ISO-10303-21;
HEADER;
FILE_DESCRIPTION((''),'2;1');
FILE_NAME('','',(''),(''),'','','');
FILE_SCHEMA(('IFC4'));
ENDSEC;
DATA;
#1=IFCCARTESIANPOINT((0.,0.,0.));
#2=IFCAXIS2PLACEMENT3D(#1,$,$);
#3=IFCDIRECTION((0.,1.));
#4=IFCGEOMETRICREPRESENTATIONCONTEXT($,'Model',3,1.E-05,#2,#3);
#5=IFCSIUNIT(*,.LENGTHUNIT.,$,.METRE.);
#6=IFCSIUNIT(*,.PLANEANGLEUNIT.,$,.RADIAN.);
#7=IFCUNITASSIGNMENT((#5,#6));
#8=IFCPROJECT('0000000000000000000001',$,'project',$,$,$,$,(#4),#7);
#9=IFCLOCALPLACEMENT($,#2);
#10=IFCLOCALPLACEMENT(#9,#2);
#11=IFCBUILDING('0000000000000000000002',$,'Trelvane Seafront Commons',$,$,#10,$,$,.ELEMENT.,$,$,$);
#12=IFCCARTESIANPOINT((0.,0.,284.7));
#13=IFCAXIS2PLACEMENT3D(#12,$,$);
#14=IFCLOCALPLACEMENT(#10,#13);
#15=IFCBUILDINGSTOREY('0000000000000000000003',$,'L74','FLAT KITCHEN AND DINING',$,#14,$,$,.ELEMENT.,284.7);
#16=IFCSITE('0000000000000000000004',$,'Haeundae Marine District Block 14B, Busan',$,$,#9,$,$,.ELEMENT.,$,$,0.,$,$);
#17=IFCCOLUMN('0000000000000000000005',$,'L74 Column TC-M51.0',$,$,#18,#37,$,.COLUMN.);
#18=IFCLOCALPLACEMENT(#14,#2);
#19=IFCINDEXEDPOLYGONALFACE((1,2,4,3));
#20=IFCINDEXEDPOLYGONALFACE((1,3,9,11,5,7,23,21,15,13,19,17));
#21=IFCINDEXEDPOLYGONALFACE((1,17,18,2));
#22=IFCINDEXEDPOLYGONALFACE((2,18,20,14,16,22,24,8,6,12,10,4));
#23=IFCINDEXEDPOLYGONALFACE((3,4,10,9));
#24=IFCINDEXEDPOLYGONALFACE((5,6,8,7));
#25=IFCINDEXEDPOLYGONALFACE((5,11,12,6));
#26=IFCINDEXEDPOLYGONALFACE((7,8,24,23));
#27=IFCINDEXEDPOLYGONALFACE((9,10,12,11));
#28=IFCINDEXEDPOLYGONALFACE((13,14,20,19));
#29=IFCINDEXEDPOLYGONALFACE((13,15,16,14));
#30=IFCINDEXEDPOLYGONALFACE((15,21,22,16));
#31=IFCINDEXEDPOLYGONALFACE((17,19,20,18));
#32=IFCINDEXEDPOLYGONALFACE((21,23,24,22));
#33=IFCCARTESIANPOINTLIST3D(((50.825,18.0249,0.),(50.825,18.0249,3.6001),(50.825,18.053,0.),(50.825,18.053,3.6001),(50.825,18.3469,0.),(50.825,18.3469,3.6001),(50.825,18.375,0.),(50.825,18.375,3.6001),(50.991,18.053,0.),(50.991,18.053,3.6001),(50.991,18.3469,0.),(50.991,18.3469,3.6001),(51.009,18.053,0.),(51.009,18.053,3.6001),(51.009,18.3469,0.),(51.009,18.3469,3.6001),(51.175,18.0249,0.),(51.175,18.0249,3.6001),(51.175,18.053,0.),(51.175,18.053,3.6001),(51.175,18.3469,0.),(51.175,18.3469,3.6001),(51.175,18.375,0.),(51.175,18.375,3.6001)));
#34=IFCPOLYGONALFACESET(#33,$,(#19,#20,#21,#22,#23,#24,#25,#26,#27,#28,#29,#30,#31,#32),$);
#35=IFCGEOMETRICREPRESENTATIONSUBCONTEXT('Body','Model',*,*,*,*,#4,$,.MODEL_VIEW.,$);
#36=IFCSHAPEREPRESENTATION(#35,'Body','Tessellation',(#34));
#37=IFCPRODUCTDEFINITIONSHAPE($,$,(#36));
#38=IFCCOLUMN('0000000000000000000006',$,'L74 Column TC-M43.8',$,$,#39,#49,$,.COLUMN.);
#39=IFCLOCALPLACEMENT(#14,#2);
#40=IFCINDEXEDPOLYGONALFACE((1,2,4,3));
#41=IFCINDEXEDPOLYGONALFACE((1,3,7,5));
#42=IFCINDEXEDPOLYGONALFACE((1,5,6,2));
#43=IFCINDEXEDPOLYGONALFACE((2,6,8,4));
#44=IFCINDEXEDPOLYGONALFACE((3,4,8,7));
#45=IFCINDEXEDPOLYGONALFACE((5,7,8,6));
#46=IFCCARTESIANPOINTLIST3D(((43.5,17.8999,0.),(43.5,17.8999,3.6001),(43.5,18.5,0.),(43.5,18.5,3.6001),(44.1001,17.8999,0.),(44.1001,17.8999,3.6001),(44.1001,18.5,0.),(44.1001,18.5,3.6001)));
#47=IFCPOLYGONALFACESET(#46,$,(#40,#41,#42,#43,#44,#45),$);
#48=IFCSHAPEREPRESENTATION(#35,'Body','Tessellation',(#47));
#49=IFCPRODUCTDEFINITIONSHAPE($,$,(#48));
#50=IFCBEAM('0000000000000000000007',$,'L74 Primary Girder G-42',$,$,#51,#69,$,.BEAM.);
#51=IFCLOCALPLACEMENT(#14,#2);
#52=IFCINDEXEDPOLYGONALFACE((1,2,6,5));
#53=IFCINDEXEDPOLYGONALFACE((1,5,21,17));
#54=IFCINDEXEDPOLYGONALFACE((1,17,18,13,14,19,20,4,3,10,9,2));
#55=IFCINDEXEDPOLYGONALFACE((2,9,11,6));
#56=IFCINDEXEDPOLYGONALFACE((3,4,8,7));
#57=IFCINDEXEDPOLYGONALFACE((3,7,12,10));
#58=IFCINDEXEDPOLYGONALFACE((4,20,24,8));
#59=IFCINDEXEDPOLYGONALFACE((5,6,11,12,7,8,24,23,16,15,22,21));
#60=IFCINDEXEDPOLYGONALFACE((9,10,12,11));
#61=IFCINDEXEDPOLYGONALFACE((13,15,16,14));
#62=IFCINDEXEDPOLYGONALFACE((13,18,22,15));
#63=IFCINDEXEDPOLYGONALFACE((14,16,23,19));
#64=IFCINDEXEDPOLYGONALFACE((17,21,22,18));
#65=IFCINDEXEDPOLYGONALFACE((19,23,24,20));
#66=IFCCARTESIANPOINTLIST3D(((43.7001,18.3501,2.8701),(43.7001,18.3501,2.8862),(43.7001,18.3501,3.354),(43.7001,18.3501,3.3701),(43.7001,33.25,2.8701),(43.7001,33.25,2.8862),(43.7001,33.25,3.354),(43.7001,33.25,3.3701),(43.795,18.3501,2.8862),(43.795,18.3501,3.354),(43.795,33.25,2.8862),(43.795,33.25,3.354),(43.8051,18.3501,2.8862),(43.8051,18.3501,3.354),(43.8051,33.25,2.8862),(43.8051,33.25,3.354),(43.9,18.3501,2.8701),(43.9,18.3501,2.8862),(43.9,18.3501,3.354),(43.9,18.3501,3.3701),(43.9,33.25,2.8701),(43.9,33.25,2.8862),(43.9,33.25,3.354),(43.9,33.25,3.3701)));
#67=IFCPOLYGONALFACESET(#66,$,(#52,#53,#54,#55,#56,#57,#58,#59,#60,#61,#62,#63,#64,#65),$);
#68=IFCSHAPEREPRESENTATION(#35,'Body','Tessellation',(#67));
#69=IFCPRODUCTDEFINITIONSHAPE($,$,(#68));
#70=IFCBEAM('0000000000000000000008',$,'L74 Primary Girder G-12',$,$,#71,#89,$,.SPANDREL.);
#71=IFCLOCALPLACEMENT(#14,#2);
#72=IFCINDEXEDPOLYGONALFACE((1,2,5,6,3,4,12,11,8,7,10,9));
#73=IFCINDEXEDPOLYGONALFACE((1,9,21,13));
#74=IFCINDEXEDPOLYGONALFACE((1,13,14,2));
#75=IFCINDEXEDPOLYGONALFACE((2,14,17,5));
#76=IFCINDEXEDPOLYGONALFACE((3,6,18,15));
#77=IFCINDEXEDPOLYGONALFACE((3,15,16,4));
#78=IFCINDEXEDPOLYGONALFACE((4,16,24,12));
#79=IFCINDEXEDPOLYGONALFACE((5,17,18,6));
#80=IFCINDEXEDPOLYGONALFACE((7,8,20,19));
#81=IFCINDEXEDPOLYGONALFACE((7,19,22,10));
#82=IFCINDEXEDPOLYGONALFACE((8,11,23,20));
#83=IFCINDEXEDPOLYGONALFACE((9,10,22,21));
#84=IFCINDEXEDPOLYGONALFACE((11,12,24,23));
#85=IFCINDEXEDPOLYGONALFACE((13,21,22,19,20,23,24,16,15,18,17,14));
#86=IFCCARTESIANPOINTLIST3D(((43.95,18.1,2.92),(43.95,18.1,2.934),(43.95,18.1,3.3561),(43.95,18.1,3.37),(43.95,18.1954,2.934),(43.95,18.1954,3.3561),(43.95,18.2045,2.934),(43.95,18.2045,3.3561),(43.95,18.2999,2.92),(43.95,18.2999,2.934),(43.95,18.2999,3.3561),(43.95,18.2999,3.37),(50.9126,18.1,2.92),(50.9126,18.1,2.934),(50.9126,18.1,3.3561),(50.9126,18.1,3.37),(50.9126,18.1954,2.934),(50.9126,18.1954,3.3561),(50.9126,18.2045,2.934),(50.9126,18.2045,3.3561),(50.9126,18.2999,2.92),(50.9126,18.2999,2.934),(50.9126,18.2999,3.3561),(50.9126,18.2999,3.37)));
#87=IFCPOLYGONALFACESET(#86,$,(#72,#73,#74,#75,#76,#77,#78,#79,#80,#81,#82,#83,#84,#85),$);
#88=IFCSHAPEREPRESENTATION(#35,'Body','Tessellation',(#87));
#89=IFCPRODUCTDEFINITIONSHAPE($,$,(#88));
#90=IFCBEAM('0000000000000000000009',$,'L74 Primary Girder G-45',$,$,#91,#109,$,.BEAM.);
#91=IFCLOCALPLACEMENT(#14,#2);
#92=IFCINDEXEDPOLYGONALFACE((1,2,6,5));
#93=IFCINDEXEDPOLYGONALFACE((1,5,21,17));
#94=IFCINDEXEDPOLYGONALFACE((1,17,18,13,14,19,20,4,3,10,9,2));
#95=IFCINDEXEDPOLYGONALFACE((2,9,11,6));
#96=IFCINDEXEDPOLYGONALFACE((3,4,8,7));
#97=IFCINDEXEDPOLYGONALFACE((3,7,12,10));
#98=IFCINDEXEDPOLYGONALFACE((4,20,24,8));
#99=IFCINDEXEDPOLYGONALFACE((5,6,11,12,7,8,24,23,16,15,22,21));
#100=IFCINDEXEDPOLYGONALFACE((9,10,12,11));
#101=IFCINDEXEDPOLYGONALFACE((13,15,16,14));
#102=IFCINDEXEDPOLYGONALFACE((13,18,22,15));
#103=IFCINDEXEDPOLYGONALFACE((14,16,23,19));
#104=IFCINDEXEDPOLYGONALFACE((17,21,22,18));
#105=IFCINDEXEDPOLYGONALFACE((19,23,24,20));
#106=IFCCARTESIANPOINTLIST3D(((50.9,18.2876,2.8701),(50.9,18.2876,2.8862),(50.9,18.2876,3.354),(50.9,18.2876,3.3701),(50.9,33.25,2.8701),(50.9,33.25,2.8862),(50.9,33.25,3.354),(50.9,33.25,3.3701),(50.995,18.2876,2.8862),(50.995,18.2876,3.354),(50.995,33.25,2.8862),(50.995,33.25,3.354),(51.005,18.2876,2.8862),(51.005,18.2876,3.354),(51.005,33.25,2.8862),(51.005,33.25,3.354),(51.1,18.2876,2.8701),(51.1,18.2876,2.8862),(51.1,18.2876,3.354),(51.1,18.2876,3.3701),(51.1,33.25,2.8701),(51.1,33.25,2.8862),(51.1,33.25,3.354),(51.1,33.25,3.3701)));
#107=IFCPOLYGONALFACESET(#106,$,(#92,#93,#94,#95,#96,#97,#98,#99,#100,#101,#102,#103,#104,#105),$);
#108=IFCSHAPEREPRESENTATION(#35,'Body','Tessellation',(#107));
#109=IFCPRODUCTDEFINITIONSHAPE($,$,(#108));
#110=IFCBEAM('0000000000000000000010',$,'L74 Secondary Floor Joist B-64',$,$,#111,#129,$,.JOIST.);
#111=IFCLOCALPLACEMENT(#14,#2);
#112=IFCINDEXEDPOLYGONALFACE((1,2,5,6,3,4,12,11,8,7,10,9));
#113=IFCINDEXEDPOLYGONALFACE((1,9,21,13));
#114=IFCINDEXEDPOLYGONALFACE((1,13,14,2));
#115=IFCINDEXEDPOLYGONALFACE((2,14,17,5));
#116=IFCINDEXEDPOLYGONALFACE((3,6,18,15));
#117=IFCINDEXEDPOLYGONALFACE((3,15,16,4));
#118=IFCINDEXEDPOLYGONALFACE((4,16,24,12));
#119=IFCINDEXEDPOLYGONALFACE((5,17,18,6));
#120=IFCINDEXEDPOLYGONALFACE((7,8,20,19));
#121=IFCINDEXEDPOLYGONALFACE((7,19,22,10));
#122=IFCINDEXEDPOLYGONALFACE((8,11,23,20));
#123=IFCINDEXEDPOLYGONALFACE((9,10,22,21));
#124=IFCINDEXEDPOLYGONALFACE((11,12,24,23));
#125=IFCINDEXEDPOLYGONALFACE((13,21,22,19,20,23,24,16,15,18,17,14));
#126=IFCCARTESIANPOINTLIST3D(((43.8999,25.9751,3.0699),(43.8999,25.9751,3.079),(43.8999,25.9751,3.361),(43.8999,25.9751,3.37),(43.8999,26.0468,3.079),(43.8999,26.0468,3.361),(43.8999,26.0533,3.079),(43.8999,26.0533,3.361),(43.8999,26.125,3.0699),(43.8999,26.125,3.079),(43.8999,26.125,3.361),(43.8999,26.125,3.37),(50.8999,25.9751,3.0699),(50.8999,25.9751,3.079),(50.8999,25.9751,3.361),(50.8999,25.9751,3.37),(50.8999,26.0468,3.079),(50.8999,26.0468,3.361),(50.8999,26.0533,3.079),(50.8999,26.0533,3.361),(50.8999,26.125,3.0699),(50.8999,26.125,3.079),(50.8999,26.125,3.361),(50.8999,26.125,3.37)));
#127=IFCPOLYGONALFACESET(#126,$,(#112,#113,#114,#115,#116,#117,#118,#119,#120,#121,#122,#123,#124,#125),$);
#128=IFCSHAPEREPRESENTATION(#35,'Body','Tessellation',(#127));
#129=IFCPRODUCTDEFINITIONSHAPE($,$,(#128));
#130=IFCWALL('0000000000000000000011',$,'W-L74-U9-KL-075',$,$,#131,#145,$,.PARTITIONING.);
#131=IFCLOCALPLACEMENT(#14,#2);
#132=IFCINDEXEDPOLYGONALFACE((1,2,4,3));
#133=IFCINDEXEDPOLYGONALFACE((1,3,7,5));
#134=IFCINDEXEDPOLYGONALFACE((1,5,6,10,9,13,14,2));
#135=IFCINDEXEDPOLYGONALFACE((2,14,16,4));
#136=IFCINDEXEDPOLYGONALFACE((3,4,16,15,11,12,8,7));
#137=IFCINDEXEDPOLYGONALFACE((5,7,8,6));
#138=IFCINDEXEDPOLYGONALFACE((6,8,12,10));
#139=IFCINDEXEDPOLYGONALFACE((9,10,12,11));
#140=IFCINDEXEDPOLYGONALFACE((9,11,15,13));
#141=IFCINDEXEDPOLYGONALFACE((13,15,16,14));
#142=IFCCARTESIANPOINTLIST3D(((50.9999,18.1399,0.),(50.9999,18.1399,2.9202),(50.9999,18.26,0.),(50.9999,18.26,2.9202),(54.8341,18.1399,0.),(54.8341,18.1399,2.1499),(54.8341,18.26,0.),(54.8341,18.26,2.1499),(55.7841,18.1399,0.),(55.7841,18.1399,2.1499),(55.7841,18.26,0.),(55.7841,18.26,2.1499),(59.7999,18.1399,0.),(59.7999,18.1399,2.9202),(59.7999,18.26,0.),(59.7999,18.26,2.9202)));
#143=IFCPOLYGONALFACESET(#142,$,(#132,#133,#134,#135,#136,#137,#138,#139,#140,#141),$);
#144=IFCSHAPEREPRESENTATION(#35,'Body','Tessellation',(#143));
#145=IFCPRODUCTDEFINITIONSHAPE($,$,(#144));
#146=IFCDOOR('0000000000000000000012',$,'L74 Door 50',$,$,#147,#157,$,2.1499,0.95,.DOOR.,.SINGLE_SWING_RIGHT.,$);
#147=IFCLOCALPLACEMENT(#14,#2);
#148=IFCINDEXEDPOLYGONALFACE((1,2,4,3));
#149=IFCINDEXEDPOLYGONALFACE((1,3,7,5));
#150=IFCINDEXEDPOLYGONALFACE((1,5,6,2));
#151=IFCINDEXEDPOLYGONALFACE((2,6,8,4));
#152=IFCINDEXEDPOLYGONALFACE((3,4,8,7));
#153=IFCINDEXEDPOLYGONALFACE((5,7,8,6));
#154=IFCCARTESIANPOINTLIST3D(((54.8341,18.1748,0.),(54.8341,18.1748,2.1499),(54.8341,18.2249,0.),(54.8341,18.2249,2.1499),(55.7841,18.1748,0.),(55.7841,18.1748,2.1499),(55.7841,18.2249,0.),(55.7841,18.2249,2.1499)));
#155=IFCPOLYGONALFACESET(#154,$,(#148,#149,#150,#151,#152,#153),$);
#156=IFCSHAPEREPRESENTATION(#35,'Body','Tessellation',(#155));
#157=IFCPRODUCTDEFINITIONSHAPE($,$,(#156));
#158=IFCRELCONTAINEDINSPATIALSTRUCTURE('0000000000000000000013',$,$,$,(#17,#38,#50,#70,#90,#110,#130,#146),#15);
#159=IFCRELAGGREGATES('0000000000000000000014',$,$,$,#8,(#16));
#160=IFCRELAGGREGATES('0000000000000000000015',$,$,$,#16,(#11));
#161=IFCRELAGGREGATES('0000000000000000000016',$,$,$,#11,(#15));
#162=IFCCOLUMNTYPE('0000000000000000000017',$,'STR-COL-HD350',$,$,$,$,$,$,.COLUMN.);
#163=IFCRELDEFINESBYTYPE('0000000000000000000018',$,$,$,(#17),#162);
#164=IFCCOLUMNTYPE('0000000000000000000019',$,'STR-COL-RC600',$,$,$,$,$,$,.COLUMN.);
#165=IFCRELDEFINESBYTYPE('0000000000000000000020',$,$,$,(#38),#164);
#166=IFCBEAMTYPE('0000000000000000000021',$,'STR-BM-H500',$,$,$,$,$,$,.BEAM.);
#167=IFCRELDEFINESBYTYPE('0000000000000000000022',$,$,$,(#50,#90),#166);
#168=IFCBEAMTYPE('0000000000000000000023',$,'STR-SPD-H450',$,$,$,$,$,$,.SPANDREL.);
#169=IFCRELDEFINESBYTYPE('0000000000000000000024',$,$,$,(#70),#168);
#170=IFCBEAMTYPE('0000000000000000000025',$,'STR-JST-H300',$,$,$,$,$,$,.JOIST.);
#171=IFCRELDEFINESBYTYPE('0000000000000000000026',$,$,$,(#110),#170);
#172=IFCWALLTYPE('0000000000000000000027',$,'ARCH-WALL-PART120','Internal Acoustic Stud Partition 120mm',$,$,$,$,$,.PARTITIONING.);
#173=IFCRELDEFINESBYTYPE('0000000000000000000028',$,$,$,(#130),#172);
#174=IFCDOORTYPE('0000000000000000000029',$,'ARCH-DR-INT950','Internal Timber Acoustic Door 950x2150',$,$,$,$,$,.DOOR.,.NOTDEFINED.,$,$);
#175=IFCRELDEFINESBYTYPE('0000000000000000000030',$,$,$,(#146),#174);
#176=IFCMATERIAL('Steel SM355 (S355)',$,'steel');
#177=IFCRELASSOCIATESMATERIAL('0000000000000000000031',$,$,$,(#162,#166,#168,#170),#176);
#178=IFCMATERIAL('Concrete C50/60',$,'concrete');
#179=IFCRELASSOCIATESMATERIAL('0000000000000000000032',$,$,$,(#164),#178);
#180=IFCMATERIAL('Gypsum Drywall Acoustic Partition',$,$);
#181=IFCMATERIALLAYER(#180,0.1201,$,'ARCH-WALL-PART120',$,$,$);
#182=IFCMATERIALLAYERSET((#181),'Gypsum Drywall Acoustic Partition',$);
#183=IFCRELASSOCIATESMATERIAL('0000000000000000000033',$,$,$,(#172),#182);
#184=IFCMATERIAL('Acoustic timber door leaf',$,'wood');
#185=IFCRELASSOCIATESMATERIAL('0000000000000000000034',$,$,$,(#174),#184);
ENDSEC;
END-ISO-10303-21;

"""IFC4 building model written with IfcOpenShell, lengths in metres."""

from ifc_helpers import new_model, si_unit, direction, frame, frame_2d, origin, origin_2d, place, context, subcontext, project, spatial, rectangle, i_section, extrude, source, transform, mapped, material, layer, layer_set, material_profile, profile_set, type_object, element, fill, save


model = new_model("IFC4")

# Units and contexts
model_context = context("Model", 3, precision=1e-05, world=origin(), true_north=direction((0.0, 1.0)))
body_context = subcontext(model_context, "Body", "Model", "MODEL_VIEW")
ifc_project = project(units=[si_unit("LENGTHUNIT", "METRE"), si_unit("PLANEANGLEUNIT", "RADIAN")], contexts=[model_context])

# Site, building, storey
site_placement = place(None, origin())
site = spatial("IfcSite", under=ifc_project, at=site_placement, Name="Haeundae Marine District Block 14B, Busan", CompositionType="ELEMENT", RefElevation=0.0)
building_placement = place(site_placement, origin())
building = spatial("IfcBuilding", under=site, at=building_placement, Name="Trelvane Seafront Commons", CompositionType="ELEMENT")
storey_placement = place(building_placement, frame((0.0, 0.0, 284.7)))
storey = spatial("IfcBuildingStorey", under=building, at=storey_placement, Name="L74", Description="FLAT KITCHEN AND DINING", CompositionType="ELEMENT", Elevation=284.7)

# Columns
ifc_material_1 = material(Name="Steel SM355 (S355)", Category="steel")
ifc_material_profile_1 = material_profile(ifc_material_1, i_section(OverallWidth=0.3501, OverallDepth=0.3501, WebThickness=0.0181, FlangeThickness=0.0281, at=origin_2d()), Name="HD-350x350x18x28")
ifc_profile_set_1 = profile_set([ifc_material_profile_1], Name="Steel SM355 (S355)")
column_type_1 = type_object("IfcColumnType", Name="STR-COL-HD350", PredefinedType="COLUMN", material=ifc_profile_set_1)
shared_shape_1 = source(origin(), body_context, "Body", "SweptSolid", [
    extrude(i_section(OverallWidth=0.3501, OverallDepth=0.3501, WebThickness=0.0181, FlangeThickness=0.0281, at=origin_2d()), origin(), (0.0, 0.0, 1.0), 3.6001),
])
column_1_placement = place(storey_placement, frame((51.0, 18.2, 0.0), z_axis=(0.0, 0.0, 1.0), x_axis=(1.0, 0.0, 0.0)))
element("IfcColumn", 1, at=column_1_placement, inside=storey, type_object=column_type_1, Name="L74 Column TC-M51.0", PredefinedType="COLUMN", context=body_context, shape_type="MappedRepresentation", body=[
    mapped(shared_shape_1, transform((0.0, 0.0, 0.0), x_axis=(1.0, 0.0, 0.0), y_axis=(0.0, 1.0, 0.0), z_axis=(0.0, 0.0, 1.0), scale=1.0)),
])
ifc_material_2 = material(Name="Concrete C50/60", Category="concrete")
ifc_material_profile_2 = material_profile(ifc_material_2, rectangle(XDim=0.6001, YDim=0.6001, at=origin_2d()), Name="RC-600x600")
ifc_profile_set_2 = profile_set([ifc_material_profile_2], Name="Concrete C50/60")
column_type_2 = type_object("IfcColumnType", Name="STR-COL-RC600", PredefinedType="COLUMN", material=ifc_profile_set_2)
shared_shape_2 = source(origin(), body_context, "Body", "SweptSolid", [
    extrude(rectangle(XDim=0.6001, YDim=0.6001, at=origin_2d()), origin(), (0.0, 0.0, 1.0), 3.6001),
])
column_2_placement = place(storey_placement, frame((43.8, 18.2, 0.0), z_axis=(0.0, 0.0, 1.0), x_axis=(1.0, 0.0, 0.0)))
element("IfcColumn", 2, at=column_2_placement, inside=storey, type_object=column_type_2, Name="L74 Column TC-M43.8", PredefinedType="COLUMN", context=body_context, shape_type="MappedRepresentation", body=[
    mapped(shared_shape_2, transform((0.0, 0.0, 0.0), x_axis=(1.0, 0.0, 0.0), y_axis=(0.0, 1.0, 0.0), z_axis=(0.0, 0.0, 1.0), scale=1.0)),
])

# Beams
ifc_material_profile_3 = material_profile(ifc_material_1, i_section(OverallWidth=0.2, OverallDepth=0.5, WebThickness=0.01, FlangeThickness=0.0161, at=origin_2d()), Name="H-500x200x10x16")
ifc_profile_set_3 = profile_set([ifc_material_profile_3], Name="Steel SM355 (S355)")
beam_type_1 = type_object("IfcBeamType", Name="STR-BM-H500", PredefinedType="BEAM", material=ifc_profile_set_3)
shared_shape_3 = source(origin(), body_context, "Body", "SweptSolid", [
    extrude(i_section(OverallWidth=0.2, OverallDepth=0.5, WebThickness=0.01, FlangeThickness=0.0161, at=origin_2d()), origin(), (0.0, 0.0, 1.0), 14.8999),
])
beam_1_placement = place(storey_placement, frame((43.8, 18.3501, 3.1201), z_axis=(0.0, 1.0, 0.0), x_axis=(-1.0, 0.0, 0.0)))
element("IfcBeam", 3, at=beam_1_placement, inside=storey, type_object=beam_type_1, Name="L74 Primary Girder G-42", PredefinedType="BEAM", context=body_context, shape_type="MappedRepresentation", body=[
    mapped(shared_shape_3, transform((0.0, 0.0, 0.0), x_axis=(1.0, 0.0, 0.0), y_axis=(0.0, 1.0, 0.0), z_axis=(0.0, 0.0, 1.0), scale=1.0)),
])
ifc_material_profile_4 = material_profile(ifc_material_1, i_section(OverallWidth=0.2, OverallDepth=0.45, WebThickness=0.009, FlangeThickness=0.0139, at=origin_2d()), Name="H-450x200x9x14")
ifc_profile_set_4 = profile_set([ifc_material_profile_4], Name="Steel SM355 (S355)")
beam_type_2 = type_object("IfcBeamType", Name="STR-SPD-H450", PredefinedType="SPANDREL", material=ifc_profile_set_4)
shared_shape_4 = source(origin(), body_context, "Body", "SweptSolid", [
    extrude(i_section(OverallWidth=0.2, OverallDepth=0.45, WebThickness=0.009, FlangeThickness=0.0139, at=origin_2d()), origin(), (0.0, 0.0, 1.0), 6.9626),
])
beam_2_placement = place(storey_placement, frame((43.95, 18.2, 3.145), z_axis=(1.0, 0.0, 0.0), x_axis=(0.0, 1.0, 0.0)))
element("IfcBeam", 4, at=beam_2_placement, inside=storey, type_object=beam_type_2, Name="L74 Primary Girder G-12", PredefinedType="SPANDREL", context=body_context, shape_type="MappedRepresentation", body=[
    mapped(shared_shape_4, transform((0.0, 0.0, 0.0), x_axis=(1.0, 0.0, 0.0), y_axis=(0.0, 1.0, 0.0), z_axis=(0.0, 0.0, 1.0), scale=1.0)),
])
shared_shape_5 = source(origin(), body_context, "Body", "SweptSolid", [
    extrude(i_section(OverallWidth=0.2, OverallDepth=0.5, WebThickness=0.01, FlangeThickness=0.0161, at=origin_2d()), origin(), (0.0, 0.0, 1.0), 14.9624),
])
beam_3_placement = place(storey_placement, frame((51.0, 18.2876, 3.1201), z_axis=(0.0, 1.0, 0.0), x_axis=(-1.0, 0.0, 0.0)))
element("IfcBeam", 5, at=beam_3_placement, inside=storey, type_object=beam_type_1, Name="L74 Primary Girder G-45", PredefinedType="BEAM", context=body_context, shape_type="MappedRepresentation", body=[
    mapped(shared_shape_5, transform((0.0, 0.0, 0.0), x_axis=(1.0, 0.0, 0.0), y_axis=(0.0, 1.0, 0.0), z_axis=(0.0, 0.0, 1.0), scale=1.0)),
])
ifc_material_profile_5 = material_profile(ifc_material_1, i_section(OverallWidth=0.1499, OverallDepth=0.3, WebThickness=0.0066, FlangeThickness=0.009, at=origin_2d()), Name="H-300x150x6.5x9")
ifc_profile_set_5 = profile_set([ifc_material_profile_5], Name="Steel SM355 (S355)")
beam_type_3 = type_object("IfcBeamType", Name="STR-JST-H300", PredefinedType="JOIST", material=ifc_profile_set_5)
shared_shape_6 = source(origin(), body_context, "Body", "SweptSolid", [
    extrude(i_section(OverallWidth=0.1499, OverallDepth=0.3, WebThickness=0.0066, FlangeThickness=0.009, at=origin_2d()), origin(), (0.0, 0.0, 1.0), 7.0),
])
beam_4_placement = place(storey_placement, frame((43.8999, 26.05, 3.22), z_axis=(1.0, 0.0, 0.0), x_axis=(0.0, 1.0, 0.0)))
element("IfcBeam", 6, at=beam_4_placement, inside=storey, type_object=beam_type_3, Name="L74 Secondary Floor Joist B-64", PredefinedType="JOIST", context=body_context, shape_type="MappedRepresentation", body=[
    mapped(shared_shape_6, transform((0.0, 0.0, 0.0), x_axis=(1.0, 0.0, 0.0), y_axis=(0.0, 1.0, 0.0), z_axis=(0.0, 0.0, 1.0), scale=1.0)),
])

# Wall, opening, door
ifc_material_3 = material(Name="Gypsum Drywall Acoustic Partition")
ifc_layer_1 = layer(ifc_material_3, 0.1201, Name="ARCH-WALL-PART120")
ifc_layer_set_1 = layer_set([ifc_layer_1], Name="Gypsum Drywall Acoustic Partition")
wall_type_1 = type_object("IfcWallType", Name="ARCH-WALL-PART120", Description="Internal Acoustic Stud Partition 120mm", PredefinedType="PARTITIONING", material=ifc_layer_set_1)
ifc_material_4 = material(Name="Acoustic timber door leaf", Category="wood")
door_type_1 = type_object("IfcDoorType", Name="ARCH-DR-INT950", Description="Internal Timber Acoustic Door 950x2150", OperationType="NOTDEFINED", PredefinedType="DOOR", material=ifc_material_4)
shared_shape_7 = source(origin(), body_context, "Body", "SweptSolid", [
    extrude(rectangle(XDim=0.95, YDim=2.1499, at=frame_2d((0.4751, 1.075))), frame((0.0, 0.0249, 0.0), z_axis=(0.0, -1.0, 0.0), x_axis=(1.0, 0.0, 0.0)), (0.0, 0.0, 1.0), 0.05),
])
wall_1_placement = place(storey_placement, frame((51.0, 18.2, 0.0), z_axis=(0.0, 0.0, 1.0), x_axis=(1.0, 0.0, 0.0)))
wall_1 = element("IfcWall", 7, at=wall_1_placement, inside=storey, type_object=wall_type_1, Name="W-L74-U9-KL-075", PredefinedType="PARTITIONING", context=body_context, shape_type="SweptSolid", body=[
    extrude(rectangle(XDim=8.8, YDim=0.1201, at=frame_2d((4.3999, 0.0))), origin(), (0.0, 0.0, 1.0), 2.9202),
])
opening_1_placement = place(wall_1_placement, frame((3.834, 0.0, 0.0)))
opening_1 = element("IfcOpeningElement", 8, at=opening_1_placement, cuts=wall_1, PredefinedType="OPENING", context=body_context, shape_type="SweptSolid", body=[
    extrude(rectangle(XDim=0.95, YDim=2.1499, at=frame_2d((0.4751, 1.075))), frame((0.0, 0.0701, 0.0), z_axis=(0.0, -1.0, 0.0), x_axis=(1.0, 0.0, 0.0)), (0.0, 0.0, 1.0), 0.1401),
])
door_1_placement = place(opening_1_placement, origin())
door_1 = element("IfcDoor", 9, at=door_1_placement, inside=storey, type_object=door_type_1, Name="L74 Door 50", OperationType="SINGLE_SWING_RIGHT", OverallHeight=2.1499, OverallWidth=0.95, PredefinedType="DOOR", context=body_context, shape_type="MappedRepresentation", body=[
    mapped(shared_shape_7, transform((0.0, 0.0, 0.0), x_axis=(1.0, 0.0, 0.0), y_axis=(0.0, 1.0, 0.0), z_axis=(0.0, 0.0, 1.0), scale=1.0)),
])
fill(opening_1, door_1)

save(model, "model.ifc")
